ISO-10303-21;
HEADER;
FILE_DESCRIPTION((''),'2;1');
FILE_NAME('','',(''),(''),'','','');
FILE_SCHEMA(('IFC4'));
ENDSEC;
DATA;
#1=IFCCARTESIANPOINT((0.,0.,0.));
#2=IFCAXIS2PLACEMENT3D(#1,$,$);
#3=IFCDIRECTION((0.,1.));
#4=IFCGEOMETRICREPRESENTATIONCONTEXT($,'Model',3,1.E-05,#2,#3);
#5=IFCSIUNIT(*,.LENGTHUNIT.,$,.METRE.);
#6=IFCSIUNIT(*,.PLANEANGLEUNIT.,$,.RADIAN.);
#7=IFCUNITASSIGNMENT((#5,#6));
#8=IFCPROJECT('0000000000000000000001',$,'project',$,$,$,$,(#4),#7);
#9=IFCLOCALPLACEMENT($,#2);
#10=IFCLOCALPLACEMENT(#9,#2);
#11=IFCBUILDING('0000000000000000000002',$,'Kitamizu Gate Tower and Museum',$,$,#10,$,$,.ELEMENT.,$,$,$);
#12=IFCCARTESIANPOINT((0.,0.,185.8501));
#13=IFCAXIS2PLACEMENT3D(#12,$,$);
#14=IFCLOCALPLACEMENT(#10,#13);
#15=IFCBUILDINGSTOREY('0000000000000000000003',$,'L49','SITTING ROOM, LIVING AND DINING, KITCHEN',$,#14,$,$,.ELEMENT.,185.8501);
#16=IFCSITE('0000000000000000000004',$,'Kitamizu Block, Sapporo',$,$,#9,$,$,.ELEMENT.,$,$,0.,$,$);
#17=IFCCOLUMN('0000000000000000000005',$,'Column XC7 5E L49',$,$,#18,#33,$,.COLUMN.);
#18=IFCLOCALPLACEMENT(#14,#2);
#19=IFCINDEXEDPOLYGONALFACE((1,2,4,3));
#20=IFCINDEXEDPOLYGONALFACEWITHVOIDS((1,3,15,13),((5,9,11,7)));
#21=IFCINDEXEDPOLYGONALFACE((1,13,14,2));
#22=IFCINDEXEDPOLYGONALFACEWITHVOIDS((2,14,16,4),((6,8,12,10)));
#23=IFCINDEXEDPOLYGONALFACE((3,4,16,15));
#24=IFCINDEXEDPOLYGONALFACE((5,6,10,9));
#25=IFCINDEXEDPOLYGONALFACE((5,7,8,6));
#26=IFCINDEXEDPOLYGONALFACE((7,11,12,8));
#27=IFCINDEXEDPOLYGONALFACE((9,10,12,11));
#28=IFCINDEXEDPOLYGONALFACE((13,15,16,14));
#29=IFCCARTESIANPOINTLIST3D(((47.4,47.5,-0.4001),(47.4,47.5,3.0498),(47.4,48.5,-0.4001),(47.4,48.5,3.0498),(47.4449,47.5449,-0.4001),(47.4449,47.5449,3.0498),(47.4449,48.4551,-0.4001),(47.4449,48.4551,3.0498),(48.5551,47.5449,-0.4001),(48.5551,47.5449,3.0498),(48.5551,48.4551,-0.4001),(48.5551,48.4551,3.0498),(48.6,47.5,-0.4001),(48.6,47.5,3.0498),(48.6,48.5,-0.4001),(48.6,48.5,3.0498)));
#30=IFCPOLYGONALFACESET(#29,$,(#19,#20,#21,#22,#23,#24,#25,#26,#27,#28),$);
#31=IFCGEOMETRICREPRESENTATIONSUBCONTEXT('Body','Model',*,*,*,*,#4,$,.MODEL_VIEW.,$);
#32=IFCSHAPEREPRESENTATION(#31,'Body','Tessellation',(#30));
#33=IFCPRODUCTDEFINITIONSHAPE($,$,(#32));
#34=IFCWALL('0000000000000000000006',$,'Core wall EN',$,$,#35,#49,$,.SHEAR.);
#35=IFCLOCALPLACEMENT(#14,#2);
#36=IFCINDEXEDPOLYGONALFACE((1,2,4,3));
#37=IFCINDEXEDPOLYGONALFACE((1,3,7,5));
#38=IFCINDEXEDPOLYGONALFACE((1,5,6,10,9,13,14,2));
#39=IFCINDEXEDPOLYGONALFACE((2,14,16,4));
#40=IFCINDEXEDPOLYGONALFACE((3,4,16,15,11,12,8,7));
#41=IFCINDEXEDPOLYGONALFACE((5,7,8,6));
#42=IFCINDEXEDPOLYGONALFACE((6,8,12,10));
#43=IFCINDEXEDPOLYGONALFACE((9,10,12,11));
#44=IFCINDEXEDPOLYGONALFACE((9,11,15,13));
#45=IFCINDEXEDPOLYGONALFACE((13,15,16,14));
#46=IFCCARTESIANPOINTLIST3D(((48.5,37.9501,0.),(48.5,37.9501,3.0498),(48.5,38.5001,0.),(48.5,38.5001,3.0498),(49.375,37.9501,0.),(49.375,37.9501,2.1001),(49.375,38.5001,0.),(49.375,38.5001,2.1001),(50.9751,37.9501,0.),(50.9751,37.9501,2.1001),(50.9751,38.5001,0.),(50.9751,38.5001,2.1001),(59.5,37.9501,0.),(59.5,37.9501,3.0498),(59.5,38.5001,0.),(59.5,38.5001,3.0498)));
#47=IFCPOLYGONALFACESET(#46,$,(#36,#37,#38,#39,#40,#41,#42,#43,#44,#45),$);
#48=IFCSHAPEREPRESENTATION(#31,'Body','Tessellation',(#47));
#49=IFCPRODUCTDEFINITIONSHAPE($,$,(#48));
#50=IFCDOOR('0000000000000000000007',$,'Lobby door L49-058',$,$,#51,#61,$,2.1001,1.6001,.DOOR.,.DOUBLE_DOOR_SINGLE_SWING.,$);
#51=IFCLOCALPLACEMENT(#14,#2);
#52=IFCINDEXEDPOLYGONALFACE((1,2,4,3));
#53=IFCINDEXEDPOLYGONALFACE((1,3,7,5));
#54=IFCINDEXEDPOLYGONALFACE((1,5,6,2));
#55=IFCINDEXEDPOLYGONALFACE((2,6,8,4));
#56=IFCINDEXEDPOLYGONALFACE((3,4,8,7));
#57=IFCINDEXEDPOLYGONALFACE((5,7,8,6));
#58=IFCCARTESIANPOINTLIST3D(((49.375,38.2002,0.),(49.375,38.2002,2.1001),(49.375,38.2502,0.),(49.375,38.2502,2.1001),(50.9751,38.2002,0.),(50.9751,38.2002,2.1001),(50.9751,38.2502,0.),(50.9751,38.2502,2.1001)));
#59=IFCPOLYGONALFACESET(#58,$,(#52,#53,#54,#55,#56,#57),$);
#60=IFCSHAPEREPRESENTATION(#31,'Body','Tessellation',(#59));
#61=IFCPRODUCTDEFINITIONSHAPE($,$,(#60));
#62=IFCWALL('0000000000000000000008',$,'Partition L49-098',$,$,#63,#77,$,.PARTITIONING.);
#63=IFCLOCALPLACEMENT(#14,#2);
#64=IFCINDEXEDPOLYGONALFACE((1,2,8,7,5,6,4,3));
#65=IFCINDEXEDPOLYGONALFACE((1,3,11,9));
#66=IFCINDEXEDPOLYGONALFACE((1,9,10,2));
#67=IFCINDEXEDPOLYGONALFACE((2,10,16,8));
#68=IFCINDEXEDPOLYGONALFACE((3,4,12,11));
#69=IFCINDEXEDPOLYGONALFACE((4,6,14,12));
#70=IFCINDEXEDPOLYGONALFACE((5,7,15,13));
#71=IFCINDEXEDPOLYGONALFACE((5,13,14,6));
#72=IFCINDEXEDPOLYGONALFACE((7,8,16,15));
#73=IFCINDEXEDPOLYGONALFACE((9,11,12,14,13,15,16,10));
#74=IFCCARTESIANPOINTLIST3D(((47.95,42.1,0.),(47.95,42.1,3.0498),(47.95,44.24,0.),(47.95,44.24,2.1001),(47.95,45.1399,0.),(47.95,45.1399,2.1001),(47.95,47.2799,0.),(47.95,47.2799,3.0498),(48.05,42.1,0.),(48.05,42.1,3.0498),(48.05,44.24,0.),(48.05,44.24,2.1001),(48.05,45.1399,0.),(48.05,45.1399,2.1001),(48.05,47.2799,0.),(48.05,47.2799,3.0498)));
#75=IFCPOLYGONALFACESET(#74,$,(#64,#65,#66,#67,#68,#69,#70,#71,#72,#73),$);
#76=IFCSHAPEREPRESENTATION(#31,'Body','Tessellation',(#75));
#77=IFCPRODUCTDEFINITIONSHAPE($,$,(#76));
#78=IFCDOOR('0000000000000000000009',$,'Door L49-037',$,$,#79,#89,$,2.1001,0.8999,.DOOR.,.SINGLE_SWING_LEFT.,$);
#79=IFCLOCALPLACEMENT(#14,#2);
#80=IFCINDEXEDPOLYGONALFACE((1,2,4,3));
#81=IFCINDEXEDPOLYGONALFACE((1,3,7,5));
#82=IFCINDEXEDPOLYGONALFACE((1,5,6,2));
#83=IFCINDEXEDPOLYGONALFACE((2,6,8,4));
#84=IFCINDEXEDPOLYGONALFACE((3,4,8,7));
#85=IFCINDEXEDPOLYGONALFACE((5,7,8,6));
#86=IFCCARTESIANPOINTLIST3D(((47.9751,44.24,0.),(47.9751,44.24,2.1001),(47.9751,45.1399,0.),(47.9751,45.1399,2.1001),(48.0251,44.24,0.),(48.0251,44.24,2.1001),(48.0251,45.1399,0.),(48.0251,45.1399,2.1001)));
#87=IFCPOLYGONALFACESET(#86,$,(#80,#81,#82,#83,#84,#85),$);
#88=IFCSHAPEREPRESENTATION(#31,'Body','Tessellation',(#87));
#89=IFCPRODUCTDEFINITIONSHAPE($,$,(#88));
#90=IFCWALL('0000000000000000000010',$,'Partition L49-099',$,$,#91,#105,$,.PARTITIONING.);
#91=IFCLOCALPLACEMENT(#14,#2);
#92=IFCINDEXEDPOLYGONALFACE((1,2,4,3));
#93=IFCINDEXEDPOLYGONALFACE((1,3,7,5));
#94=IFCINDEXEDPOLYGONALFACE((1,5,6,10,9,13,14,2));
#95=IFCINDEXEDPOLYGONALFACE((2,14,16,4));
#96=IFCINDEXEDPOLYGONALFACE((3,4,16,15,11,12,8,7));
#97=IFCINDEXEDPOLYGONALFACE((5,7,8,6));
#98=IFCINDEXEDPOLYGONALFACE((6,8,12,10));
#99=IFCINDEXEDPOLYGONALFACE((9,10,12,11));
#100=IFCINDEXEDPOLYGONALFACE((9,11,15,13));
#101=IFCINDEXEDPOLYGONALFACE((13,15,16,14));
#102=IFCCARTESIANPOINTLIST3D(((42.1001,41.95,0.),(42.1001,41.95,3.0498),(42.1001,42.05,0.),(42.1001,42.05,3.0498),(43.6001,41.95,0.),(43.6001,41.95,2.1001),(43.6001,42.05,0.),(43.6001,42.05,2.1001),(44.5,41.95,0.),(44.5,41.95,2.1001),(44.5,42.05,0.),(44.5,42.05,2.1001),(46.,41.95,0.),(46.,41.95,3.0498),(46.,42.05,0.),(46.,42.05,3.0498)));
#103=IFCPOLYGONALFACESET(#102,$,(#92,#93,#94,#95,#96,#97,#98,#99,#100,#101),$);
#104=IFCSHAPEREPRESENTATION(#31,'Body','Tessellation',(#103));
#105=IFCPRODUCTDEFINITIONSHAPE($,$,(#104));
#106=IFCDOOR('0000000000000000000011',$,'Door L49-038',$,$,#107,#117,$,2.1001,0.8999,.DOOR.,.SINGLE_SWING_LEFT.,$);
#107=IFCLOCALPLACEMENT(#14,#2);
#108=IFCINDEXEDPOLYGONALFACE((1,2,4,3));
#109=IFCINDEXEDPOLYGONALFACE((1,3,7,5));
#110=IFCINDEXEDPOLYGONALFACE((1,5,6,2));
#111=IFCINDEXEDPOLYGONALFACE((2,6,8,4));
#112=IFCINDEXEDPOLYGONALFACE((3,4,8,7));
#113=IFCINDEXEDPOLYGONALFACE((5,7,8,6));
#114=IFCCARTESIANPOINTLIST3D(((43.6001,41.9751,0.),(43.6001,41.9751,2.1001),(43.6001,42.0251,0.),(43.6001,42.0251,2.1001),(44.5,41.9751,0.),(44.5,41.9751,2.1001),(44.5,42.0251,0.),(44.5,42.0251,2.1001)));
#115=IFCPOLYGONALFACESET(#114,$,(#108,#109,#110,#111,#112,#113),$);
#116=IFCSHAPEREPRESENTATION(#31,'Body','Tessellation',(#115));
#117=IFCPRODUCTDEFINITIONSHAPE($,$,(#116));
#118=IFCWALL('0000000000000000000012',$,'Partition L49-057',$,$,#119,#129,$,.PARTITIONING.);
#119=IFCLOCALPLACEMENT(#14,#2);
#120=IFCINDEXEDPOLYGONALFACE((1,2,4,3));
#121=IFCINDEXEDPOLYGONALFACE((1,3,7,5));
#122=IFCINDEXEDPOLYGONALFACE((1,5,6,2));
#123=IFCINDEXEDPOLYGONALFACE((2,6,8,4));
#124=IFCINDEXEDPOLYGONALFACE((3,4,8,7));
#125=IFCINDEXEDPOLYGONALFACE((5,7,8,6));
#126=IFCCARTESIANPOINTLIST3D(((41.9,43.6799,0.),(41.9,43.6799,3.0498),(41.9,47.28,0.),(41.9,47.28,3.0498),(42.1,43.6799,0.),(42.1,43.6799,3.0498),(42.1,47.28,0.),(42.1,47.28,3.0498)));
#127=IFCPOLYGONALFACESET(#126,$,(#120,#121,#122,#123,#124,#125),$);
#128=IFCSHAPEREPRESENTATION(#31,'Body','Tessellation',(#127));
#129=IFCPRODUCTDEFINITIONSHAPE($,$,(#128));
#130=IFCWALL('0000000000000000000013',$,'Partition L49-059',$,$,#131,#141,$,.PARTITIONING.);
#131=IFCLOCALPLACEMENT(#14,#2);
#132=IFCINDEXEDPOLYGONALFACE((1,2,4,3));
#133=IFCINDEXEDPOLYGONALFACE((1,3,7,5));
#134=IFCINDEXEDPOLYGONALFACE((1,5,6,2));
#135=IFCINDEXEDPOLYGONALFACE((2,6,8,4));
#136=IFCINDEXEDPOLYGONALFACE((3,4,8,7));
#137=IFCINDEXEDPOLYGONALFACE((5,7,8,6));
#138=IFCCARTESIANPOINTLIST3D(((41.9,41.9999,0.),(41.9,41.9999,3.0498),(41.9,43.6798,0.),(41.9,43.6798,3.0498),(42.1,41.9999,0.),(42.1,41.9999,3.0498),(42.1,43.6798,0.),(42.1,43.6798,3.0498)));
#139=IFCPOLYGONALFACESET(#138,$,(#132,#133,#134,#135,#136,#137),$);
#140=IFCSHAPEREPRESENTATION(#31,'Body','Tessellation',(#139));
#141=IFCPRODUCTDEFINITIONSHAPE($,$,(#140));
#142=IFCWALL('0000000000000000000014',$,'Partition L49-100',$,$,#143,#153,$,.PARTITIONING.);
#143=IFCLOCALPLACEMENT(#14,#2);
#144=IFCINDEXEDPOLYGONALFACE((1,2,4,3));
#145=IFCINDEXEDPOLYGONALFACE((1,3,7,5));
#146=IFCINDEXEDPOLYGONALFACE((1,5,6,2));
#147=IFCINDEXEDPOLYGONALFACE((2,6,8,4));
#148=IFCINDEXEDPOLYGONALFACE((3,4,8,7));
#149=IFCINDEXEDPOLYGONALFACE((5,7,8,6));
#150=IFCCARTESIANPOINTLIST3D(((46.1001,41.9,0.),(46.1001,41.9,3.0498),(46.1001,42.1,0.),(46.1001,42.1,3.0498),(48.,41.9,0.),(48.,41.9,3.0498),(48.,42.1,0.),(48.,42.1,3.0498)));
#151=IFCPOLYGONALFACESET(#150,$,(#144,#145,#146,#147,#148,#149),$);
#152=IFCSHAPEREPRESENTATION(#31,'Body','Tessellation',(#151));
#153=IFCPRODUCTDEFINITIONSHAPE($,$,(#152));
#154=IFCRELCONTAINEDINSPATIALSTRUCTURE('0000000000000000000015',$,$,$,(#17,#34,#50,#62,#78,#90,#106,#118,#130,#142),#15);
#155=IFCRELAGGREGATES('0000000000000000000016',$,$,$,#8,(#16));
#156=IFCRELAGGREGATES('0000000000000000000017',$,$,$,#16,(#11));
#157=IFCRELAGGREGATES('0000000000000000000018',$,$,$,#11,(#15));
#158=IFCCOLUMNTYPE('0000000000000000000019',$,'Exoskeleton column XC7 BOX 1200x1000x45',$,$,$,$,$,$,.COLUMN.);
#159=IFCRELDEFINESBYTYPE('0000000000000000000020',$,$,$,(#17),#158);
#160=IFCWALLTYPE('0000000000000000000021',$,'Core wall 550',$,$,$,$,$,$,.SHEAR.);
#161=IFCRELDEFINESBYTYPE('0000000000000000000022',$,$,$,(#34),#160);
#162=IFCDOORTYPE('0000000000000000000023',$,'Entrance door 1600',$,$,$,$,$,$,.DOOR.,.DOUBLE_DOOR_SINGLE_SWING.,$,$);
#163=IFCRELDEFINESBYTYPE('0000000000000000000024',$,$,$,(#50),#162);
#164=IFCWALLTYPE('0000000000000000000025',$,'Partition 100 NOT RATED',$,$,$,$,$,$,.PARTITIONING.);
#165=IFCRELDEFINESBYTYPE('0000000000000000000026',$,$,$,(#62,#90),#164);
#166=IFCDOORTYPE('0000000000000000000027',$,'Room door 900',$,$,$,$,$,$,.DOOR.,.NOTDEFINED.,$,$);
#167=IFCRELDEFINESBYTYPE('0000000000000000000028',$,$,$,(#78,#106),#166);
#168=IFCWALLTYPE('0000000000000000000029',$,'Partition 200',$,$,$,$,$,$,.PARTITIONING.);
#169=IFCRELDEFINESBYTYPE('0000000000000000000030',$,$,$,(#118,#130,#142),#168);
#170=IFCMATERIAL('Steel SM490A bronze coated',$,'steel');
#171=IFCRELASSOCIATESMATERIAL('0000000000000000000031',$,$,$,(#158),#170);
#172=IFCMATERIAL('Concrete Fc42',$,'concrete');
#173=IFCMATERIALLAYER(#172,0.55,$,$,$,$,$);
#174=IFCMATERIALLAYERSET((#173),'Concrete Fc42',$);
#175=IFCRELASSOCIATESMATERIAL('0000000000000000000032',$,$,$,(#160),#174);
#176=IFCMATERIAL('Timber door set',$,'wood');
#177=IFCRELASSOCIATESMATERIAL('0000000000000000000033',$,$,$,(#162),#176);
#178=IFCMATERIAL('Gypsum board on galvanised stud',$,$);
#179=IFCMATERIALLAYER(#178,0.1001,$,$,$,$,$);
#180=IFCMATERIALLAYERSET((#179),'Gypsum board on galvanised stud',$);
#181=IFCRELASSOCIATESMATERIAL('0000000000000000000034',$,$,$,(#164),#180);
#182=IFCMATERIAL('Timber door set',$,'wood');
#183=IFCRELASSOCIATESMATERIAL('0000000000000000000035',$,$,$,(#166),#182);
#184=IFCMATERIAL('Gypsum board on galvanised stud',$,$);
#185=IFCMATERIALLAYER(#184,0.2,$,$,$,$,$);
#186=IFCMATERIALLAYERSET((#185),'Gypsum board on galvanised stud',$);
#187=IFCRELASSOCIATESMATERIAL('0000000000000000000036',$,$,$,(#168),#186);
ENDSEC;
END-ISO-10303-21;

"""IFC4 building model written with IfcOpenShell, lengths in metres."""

from ifc_helpers import new_model, si_unit, direction, frame, frame_2d, origin, origin_2d, place, context, subcontext, project, spatial, rectangle, hollow_rectangle, extrude, material, layer, layer_set, material_profile, profile_set, type_object, element, fill, save


model = new_model("IFC4")

# Units and contexts
model_context = context("Model", 3, precision=1e-05, world=origin(), true_north=direction((0.0, 1.0)))
body_context = subcontext(model_context, "Body", "Model", "MODEL_VIEW")
ifc_project = project(units=[si_unit("LENGTHUNIT", "METRE"), si_unit("PLANEANGLEUNIT", "RADIAN")], contexts=[model_context])

# Site, building, storey
site_placement = place(None, origin())
site = spatial("IfcSite", under=ifc_project, at=site_placement, Name="Kitamizu Block, Sapporo", CompositionType="ELEMENT", RefElevation=0.0)
building_placement = place(site_placement, origin())
building = spatial("IfcBuilding", under=site, at=building_placement, Name="Kitamizu Gate Tower and Museum", CompositionType="ELEMENT")
storey_placement = place(building_placement, frame((0.0, 0.0, 185.8501)))
storey = spatial("IfcBuildingStorey", under=building, at=storey_placement, Name="L49", Description="SITTING ROOM, LIVING AND DINING, KITCHEN", CompositionType="ELEMENT", Elevation=185.8501)

# Column
ifc_material_1 = material(Name="Steel SM490A bronze coated", Category="steel")
ifc_material_profile = material_profile(ifc_material_1, hollow_rectangle(XDim=1.2, YDim=1.0, WallThickness=0.0449, at=origin_2d()), Name="BOX 1200x1000x45")
ifc_profile_set = profile_set([ifc_material_profile], Name="Steel SM490A bronze coated")
column_type = type_object("IfcColumnType", Name="Exoskeleton column XC7 BOX 1200x1000x45", PredefinedType="COLUMN", material=ifc_profile_set)
column_placement = place(storey_placement, frame((48.0, 48.0, -0.4001), z_axis=(0.0, 0.0, 1.0), x_axis=(1.0, 0.0, 0.0)))
element("IfcColumn", 1, at=column_placement, inside=storey, type_object=column_type, Name="Column XC7 5E L49", PredefinedType="COLUMN", context=body_context, shape_type="SweptSolid", body=[
    extrude(hollow_rectangle(XDim=1.2, YDim=1.0, WallThickness=0.0449, at=origin_2d()), origin(), (0.0, 0.0, 1.0), 3.45),
])

# Walls, openings, doors
ifc_material_2 = material(Name="Concrete Fc42", Category="concrete")
ifc_layer_1 = layer(ifc_material_2, 0.55)
ifc_layer_set_1 = layer_set([ifc_layer_1], Name="Concrete Fc42")
wall_type_1 = type_object("IfcWallType", Name="Core wall 550", PredefinedType="SHEAR", material=ifc_layer_set_1)
wall_1_placement = place(storey_placement, frame((59.5, 38.2251, 0.0), z_axis=(0.0, 0.0, 1.0), x_axis=(-1.0, 0.0, 0.0)))
wall_1 = element("IfcWall", 2, at=wall_1_placement, inside=storey, type_object=wall_type_1, Name="Core wall EN", PredefinedType="SHEAR", context=body_context, shape_type="SweptSolid", body=[
    extrude(rectangle(XDim=11.0, YDim=0.55, at=frame_2d((5.5, 0.0))), origin(), (0.0, 0.0, 1.0), 3.0498),
])
opening_1_placement = place(wall_1_placement, frame((8.5249, 0.0, 0.0)))
opening_1 = element("IfcOpeningElement", 3, at=opening_1_placement, cuts=wall_1, PredefinedType="OPENING", context=body_context, shape_type="SweptSolid", body=[
    extrude(rectangle(XDim=1.6001, YDim=2.1001, at=frame_2d((0.8, 1.05))), frame((0.0, 0.2852, 0.0), z_axis=(0.0, -1.0, 0.0), x_axis=(1.0, 0.0, 0.0)), (0.0, 0.0, 1.0), 0.5701),
])
ifc_material_3 = material(Name="Timber door set", Category="wood")
door_type_1 = type_object("IfcDoorType", Name="Entrance door 1600", OperationType="DOUBLE_DOOR_SINGLE_SWING", PredefinedType="DOOR", material=ifc_material_3)
door_1_placement = place(opening_1_placement, origin())
door_1 = element("IfcDoor", 4, at=door_1_placement, inside=storey, type_object=door_type_1, Name="Lobby door L49-058", OperationType="DOUBLE_DOOR_SINGLE_SWING", OverallHeight=2.1001, OverallWidth=1.6001, PredefinedType="DOOR", context=body_context, shape_type="SweptSolid", body=[
    extrude(rectangle(XDim=1.6001, YDim=2.1001, at=frame_2d((0.8, 1.05))), frame((0.0, 0.0249, 0.0), z_axis=(0.0, -1.0, 0.0), x_axis=(1.0, 0.0, 0.0)), (0.0, 0.0, 1.0), 0.05),
])
fill(opening_1, door_1)
ifc_material_4 = material(Name="Gypsum board on galvanised stud")
ifc_layer_2 = layer(ifc_material_4, 0.1001)
ifc_layer_set_2 = layer_set([ifc_layer_2], Name="Gypsum board on galvanised stud")
wall_type_2 = type_object("IfcWallType", Name="Partition 100 NOT RATED", PredefinedType="PARTITIONING", material=ifc_layer_set_2)
wall_2_placement = place(storey_placement, frame((48.0, 42.1001, 0.0), z_axis=(0.0, 0.0, 1.0), x_axis=(0.0, 1.0, 0.0)))
wall_2 = element("IfcWall", 5, at=wall_2_placement, inside=storey, type_object=wall_type_2, Name="Partition L49-098", PredefinedType="PARTITIONING", context=body_context, shape_type="SweptSolid", body=[
    extrude(rectangle(XDim=5.1799, YDim=0.1001, at=frame_2d((2.5898, 0.0))), origin(), (0.0, 0.0, 1.0), 3.0498),
])
opening_2_placement = place(wall_2_placement, frame((2.1399, 0.0, 0.0)))
opening_2 = element("IfcOpeningElement", 6, at=opening_2_placement, cuts=wall_2, PredefinedType="OPENING", context=body_context, shape_type="SweptSolid", body=[
    extrude(rectangle(XDim=0.8999, YDim=2.1001, at=frame_2d((0.45, 1.05))), frame((0.0, 0.0601, 0.0), z_axis=(0.0, -1.0, 0.0), x_axis=(1.0, 0.0, 0.0)), (0.0, 0.0, 1.0), 0.1201),
])
ifc_material_5 = material(Name="Timber door set", Category="wood")
door_type_2 = type_object("IfcDoorType", Name="Room door 900", OperationType="NOTDEFINED", PredefinedType="DOOR", material=ifc_material_5)
door_2_placement = place(opening_2_placement, origin())
door_2 = element("IfcDoor", 7, at=door_2_placement, inside=storey, type_object=door_type_2, Name="Door L49-037", OperationType="SINGLE_SWING_LEFT", OverallHeight=2.1001, OverallWidth=0.8999, PredefinedType="DOOR", context=body_context, shape_type="SweptSolid", body=[
    extrude(rectangle(XDim=0.8999, YDim=2.1001, at=frame_2d((0.45, 1.05))), frame((0.0, 0.0249, 0.0), z_axis=(0.0, -1.0, 0.0), x_axis=(1.0, 0.0, 0.0)), (0.0, 0.0, 1.0), 0.05),
])
fill(opening_2, door_2)
wall_3_placement = place(storey_placement, frame((42.1001, 42.0, 0.0), z_axis=(0.0, 0.0, 1.0), x_axis=(1.0, 0.0, 0.0)))
wall_3 = element("IfcWall", 8, at=wall_3_placement, inside=storey, type_object=wall_type_2, Name="Partition L49-099", PredefinedType="PARTITIONING", context=body_context, shape_type="SweptSolid", body=[
    extrude(rectangle(XDim=3.8999, YDim=0.1001, at=frame_2d((1.95, 0.0))), origin(), (0.0, 0.0, 1.0), 3.0498),
])
opening_3_placement = place(wall_3_placement, frame((1.5, 0.0, 0.0)))
opening_3 = element("IfcOpeningElement", 9, at=opening_3_placement, cuts=wall_3, PredefinedType="OPENING", context=body_context, shape_type="SweptSolid", body=[
    extrude(rectangle(XDim=0.8999, YDim=2.1001, at=frame_2d((0.45, 1.05))), frame((0.0, 0.0601, 0.0), z_axis=(0.0, -1.0, 0.0), x_axis=(1.0, 0.0, 0.0)), (0.0, 0.0, 1.0), 0.1201),
])
door_3_placement = place(opening_3_placement, frame((0.8999, 0.0, 0.0), x_axis=(-1.0, 0.0, 0.0)))
door_3 = element("IfcDoor", 10, at=door_3_placement, inside=storey, type_object=door_type_2, Name="Door L49-038", OperationType="SINGLE_SWING_LEFT", OverallHeight=2.1001, OverallWidth=0.8999, PredefinedType="DOOR", context=body_context, shape_type="SweptSolid", body=[
    extrude(rectangle(XDim=0.8999, YDim=2.1001, at=frame_2d((0.45, 1.05))), frame((0.0, 0.0249, 0.0), z_axis=(0.0, -1.0, 0.0), x_axis=(1.0, 0.0, 0.0)), (0.0, 0.0, 1.0), 0.05),
])
fill(opening_3, door_3)

# Walls
ifc_material_6 = material(Name="Gypsum board on galvanised stud")
ifc_layer_3 = layer(ifc_material_6, 0.2)
ifc_layer_set_3 = layer_set([ifc_layer_3], Name="Gypsum board on galvanised stud")
wall_type_3 = type_object("IfcWallType", Name="Partition 200", PredefinedType="PARTITIONING", material=ifc_layer_set_3)
wall_4_placement = place(storey_placement, frame((42.0, 43.6799, 0.0), z_axis=(0.0, 0.0, 1.0), x_axis=(0.0, 1.0, 0.0)))
element("IfcWall", 11, at=wall_4_placement, inside=storey, type_object=wall_type_3, Name="Partition L49-057", PredefinedType="PARTITIONING", context=body_context, shape_type="SweptSolid", body=[
    extrude(rectangle(XDim=3.6001, YDim=0.2, at=frame_2d((1.8, 0.0))), origin(), (0.0, 0.0, 1.0), 3.0498),
])
wall_5_placement = place(storey_placement, frame((42.0, 42.0, 0.0), z_axis=(0.0, 0.0, 1.0), x_axis=(0.0, 1.0, 0.0)))
element("IfcWall", 12, at=wall_5_placement, inside=storey, type_object=wall_type_3, Name="Partition L49-059", PredefinedType="PARTITIONING", context=body_context, shape_type="SweptSolid", body=[
    extrude(rectangle(XDim=1.6799, YDim=0.2, at=frame_2d((0.8398, 0.0))), origin(), (0.0, 0.0, 1.0), 3.0498),
])
wall_6_placement = place(storey_placement, frame((46.1001, 42.0, 0.0), z_axis=(0.0, 0.0, 1.0), x_axis=(1.0, 0.0, 0.0)))
element("IfcWall", 13, at=wall_6_placement, inside=storey, type_object=wall_type_3, Name="Partition L49-100", PredefinedType="PARTITIONING", context=body_context, shape_type="SweptSolid", body=[
    extrude(rectangle(XDim=1.8999, YDim=0.2, at=frame_2d((0.95, 0.0))), origin(), (0.0, 0.0, 1.0), 3.0498),
])

save(model, "model.ifc")
